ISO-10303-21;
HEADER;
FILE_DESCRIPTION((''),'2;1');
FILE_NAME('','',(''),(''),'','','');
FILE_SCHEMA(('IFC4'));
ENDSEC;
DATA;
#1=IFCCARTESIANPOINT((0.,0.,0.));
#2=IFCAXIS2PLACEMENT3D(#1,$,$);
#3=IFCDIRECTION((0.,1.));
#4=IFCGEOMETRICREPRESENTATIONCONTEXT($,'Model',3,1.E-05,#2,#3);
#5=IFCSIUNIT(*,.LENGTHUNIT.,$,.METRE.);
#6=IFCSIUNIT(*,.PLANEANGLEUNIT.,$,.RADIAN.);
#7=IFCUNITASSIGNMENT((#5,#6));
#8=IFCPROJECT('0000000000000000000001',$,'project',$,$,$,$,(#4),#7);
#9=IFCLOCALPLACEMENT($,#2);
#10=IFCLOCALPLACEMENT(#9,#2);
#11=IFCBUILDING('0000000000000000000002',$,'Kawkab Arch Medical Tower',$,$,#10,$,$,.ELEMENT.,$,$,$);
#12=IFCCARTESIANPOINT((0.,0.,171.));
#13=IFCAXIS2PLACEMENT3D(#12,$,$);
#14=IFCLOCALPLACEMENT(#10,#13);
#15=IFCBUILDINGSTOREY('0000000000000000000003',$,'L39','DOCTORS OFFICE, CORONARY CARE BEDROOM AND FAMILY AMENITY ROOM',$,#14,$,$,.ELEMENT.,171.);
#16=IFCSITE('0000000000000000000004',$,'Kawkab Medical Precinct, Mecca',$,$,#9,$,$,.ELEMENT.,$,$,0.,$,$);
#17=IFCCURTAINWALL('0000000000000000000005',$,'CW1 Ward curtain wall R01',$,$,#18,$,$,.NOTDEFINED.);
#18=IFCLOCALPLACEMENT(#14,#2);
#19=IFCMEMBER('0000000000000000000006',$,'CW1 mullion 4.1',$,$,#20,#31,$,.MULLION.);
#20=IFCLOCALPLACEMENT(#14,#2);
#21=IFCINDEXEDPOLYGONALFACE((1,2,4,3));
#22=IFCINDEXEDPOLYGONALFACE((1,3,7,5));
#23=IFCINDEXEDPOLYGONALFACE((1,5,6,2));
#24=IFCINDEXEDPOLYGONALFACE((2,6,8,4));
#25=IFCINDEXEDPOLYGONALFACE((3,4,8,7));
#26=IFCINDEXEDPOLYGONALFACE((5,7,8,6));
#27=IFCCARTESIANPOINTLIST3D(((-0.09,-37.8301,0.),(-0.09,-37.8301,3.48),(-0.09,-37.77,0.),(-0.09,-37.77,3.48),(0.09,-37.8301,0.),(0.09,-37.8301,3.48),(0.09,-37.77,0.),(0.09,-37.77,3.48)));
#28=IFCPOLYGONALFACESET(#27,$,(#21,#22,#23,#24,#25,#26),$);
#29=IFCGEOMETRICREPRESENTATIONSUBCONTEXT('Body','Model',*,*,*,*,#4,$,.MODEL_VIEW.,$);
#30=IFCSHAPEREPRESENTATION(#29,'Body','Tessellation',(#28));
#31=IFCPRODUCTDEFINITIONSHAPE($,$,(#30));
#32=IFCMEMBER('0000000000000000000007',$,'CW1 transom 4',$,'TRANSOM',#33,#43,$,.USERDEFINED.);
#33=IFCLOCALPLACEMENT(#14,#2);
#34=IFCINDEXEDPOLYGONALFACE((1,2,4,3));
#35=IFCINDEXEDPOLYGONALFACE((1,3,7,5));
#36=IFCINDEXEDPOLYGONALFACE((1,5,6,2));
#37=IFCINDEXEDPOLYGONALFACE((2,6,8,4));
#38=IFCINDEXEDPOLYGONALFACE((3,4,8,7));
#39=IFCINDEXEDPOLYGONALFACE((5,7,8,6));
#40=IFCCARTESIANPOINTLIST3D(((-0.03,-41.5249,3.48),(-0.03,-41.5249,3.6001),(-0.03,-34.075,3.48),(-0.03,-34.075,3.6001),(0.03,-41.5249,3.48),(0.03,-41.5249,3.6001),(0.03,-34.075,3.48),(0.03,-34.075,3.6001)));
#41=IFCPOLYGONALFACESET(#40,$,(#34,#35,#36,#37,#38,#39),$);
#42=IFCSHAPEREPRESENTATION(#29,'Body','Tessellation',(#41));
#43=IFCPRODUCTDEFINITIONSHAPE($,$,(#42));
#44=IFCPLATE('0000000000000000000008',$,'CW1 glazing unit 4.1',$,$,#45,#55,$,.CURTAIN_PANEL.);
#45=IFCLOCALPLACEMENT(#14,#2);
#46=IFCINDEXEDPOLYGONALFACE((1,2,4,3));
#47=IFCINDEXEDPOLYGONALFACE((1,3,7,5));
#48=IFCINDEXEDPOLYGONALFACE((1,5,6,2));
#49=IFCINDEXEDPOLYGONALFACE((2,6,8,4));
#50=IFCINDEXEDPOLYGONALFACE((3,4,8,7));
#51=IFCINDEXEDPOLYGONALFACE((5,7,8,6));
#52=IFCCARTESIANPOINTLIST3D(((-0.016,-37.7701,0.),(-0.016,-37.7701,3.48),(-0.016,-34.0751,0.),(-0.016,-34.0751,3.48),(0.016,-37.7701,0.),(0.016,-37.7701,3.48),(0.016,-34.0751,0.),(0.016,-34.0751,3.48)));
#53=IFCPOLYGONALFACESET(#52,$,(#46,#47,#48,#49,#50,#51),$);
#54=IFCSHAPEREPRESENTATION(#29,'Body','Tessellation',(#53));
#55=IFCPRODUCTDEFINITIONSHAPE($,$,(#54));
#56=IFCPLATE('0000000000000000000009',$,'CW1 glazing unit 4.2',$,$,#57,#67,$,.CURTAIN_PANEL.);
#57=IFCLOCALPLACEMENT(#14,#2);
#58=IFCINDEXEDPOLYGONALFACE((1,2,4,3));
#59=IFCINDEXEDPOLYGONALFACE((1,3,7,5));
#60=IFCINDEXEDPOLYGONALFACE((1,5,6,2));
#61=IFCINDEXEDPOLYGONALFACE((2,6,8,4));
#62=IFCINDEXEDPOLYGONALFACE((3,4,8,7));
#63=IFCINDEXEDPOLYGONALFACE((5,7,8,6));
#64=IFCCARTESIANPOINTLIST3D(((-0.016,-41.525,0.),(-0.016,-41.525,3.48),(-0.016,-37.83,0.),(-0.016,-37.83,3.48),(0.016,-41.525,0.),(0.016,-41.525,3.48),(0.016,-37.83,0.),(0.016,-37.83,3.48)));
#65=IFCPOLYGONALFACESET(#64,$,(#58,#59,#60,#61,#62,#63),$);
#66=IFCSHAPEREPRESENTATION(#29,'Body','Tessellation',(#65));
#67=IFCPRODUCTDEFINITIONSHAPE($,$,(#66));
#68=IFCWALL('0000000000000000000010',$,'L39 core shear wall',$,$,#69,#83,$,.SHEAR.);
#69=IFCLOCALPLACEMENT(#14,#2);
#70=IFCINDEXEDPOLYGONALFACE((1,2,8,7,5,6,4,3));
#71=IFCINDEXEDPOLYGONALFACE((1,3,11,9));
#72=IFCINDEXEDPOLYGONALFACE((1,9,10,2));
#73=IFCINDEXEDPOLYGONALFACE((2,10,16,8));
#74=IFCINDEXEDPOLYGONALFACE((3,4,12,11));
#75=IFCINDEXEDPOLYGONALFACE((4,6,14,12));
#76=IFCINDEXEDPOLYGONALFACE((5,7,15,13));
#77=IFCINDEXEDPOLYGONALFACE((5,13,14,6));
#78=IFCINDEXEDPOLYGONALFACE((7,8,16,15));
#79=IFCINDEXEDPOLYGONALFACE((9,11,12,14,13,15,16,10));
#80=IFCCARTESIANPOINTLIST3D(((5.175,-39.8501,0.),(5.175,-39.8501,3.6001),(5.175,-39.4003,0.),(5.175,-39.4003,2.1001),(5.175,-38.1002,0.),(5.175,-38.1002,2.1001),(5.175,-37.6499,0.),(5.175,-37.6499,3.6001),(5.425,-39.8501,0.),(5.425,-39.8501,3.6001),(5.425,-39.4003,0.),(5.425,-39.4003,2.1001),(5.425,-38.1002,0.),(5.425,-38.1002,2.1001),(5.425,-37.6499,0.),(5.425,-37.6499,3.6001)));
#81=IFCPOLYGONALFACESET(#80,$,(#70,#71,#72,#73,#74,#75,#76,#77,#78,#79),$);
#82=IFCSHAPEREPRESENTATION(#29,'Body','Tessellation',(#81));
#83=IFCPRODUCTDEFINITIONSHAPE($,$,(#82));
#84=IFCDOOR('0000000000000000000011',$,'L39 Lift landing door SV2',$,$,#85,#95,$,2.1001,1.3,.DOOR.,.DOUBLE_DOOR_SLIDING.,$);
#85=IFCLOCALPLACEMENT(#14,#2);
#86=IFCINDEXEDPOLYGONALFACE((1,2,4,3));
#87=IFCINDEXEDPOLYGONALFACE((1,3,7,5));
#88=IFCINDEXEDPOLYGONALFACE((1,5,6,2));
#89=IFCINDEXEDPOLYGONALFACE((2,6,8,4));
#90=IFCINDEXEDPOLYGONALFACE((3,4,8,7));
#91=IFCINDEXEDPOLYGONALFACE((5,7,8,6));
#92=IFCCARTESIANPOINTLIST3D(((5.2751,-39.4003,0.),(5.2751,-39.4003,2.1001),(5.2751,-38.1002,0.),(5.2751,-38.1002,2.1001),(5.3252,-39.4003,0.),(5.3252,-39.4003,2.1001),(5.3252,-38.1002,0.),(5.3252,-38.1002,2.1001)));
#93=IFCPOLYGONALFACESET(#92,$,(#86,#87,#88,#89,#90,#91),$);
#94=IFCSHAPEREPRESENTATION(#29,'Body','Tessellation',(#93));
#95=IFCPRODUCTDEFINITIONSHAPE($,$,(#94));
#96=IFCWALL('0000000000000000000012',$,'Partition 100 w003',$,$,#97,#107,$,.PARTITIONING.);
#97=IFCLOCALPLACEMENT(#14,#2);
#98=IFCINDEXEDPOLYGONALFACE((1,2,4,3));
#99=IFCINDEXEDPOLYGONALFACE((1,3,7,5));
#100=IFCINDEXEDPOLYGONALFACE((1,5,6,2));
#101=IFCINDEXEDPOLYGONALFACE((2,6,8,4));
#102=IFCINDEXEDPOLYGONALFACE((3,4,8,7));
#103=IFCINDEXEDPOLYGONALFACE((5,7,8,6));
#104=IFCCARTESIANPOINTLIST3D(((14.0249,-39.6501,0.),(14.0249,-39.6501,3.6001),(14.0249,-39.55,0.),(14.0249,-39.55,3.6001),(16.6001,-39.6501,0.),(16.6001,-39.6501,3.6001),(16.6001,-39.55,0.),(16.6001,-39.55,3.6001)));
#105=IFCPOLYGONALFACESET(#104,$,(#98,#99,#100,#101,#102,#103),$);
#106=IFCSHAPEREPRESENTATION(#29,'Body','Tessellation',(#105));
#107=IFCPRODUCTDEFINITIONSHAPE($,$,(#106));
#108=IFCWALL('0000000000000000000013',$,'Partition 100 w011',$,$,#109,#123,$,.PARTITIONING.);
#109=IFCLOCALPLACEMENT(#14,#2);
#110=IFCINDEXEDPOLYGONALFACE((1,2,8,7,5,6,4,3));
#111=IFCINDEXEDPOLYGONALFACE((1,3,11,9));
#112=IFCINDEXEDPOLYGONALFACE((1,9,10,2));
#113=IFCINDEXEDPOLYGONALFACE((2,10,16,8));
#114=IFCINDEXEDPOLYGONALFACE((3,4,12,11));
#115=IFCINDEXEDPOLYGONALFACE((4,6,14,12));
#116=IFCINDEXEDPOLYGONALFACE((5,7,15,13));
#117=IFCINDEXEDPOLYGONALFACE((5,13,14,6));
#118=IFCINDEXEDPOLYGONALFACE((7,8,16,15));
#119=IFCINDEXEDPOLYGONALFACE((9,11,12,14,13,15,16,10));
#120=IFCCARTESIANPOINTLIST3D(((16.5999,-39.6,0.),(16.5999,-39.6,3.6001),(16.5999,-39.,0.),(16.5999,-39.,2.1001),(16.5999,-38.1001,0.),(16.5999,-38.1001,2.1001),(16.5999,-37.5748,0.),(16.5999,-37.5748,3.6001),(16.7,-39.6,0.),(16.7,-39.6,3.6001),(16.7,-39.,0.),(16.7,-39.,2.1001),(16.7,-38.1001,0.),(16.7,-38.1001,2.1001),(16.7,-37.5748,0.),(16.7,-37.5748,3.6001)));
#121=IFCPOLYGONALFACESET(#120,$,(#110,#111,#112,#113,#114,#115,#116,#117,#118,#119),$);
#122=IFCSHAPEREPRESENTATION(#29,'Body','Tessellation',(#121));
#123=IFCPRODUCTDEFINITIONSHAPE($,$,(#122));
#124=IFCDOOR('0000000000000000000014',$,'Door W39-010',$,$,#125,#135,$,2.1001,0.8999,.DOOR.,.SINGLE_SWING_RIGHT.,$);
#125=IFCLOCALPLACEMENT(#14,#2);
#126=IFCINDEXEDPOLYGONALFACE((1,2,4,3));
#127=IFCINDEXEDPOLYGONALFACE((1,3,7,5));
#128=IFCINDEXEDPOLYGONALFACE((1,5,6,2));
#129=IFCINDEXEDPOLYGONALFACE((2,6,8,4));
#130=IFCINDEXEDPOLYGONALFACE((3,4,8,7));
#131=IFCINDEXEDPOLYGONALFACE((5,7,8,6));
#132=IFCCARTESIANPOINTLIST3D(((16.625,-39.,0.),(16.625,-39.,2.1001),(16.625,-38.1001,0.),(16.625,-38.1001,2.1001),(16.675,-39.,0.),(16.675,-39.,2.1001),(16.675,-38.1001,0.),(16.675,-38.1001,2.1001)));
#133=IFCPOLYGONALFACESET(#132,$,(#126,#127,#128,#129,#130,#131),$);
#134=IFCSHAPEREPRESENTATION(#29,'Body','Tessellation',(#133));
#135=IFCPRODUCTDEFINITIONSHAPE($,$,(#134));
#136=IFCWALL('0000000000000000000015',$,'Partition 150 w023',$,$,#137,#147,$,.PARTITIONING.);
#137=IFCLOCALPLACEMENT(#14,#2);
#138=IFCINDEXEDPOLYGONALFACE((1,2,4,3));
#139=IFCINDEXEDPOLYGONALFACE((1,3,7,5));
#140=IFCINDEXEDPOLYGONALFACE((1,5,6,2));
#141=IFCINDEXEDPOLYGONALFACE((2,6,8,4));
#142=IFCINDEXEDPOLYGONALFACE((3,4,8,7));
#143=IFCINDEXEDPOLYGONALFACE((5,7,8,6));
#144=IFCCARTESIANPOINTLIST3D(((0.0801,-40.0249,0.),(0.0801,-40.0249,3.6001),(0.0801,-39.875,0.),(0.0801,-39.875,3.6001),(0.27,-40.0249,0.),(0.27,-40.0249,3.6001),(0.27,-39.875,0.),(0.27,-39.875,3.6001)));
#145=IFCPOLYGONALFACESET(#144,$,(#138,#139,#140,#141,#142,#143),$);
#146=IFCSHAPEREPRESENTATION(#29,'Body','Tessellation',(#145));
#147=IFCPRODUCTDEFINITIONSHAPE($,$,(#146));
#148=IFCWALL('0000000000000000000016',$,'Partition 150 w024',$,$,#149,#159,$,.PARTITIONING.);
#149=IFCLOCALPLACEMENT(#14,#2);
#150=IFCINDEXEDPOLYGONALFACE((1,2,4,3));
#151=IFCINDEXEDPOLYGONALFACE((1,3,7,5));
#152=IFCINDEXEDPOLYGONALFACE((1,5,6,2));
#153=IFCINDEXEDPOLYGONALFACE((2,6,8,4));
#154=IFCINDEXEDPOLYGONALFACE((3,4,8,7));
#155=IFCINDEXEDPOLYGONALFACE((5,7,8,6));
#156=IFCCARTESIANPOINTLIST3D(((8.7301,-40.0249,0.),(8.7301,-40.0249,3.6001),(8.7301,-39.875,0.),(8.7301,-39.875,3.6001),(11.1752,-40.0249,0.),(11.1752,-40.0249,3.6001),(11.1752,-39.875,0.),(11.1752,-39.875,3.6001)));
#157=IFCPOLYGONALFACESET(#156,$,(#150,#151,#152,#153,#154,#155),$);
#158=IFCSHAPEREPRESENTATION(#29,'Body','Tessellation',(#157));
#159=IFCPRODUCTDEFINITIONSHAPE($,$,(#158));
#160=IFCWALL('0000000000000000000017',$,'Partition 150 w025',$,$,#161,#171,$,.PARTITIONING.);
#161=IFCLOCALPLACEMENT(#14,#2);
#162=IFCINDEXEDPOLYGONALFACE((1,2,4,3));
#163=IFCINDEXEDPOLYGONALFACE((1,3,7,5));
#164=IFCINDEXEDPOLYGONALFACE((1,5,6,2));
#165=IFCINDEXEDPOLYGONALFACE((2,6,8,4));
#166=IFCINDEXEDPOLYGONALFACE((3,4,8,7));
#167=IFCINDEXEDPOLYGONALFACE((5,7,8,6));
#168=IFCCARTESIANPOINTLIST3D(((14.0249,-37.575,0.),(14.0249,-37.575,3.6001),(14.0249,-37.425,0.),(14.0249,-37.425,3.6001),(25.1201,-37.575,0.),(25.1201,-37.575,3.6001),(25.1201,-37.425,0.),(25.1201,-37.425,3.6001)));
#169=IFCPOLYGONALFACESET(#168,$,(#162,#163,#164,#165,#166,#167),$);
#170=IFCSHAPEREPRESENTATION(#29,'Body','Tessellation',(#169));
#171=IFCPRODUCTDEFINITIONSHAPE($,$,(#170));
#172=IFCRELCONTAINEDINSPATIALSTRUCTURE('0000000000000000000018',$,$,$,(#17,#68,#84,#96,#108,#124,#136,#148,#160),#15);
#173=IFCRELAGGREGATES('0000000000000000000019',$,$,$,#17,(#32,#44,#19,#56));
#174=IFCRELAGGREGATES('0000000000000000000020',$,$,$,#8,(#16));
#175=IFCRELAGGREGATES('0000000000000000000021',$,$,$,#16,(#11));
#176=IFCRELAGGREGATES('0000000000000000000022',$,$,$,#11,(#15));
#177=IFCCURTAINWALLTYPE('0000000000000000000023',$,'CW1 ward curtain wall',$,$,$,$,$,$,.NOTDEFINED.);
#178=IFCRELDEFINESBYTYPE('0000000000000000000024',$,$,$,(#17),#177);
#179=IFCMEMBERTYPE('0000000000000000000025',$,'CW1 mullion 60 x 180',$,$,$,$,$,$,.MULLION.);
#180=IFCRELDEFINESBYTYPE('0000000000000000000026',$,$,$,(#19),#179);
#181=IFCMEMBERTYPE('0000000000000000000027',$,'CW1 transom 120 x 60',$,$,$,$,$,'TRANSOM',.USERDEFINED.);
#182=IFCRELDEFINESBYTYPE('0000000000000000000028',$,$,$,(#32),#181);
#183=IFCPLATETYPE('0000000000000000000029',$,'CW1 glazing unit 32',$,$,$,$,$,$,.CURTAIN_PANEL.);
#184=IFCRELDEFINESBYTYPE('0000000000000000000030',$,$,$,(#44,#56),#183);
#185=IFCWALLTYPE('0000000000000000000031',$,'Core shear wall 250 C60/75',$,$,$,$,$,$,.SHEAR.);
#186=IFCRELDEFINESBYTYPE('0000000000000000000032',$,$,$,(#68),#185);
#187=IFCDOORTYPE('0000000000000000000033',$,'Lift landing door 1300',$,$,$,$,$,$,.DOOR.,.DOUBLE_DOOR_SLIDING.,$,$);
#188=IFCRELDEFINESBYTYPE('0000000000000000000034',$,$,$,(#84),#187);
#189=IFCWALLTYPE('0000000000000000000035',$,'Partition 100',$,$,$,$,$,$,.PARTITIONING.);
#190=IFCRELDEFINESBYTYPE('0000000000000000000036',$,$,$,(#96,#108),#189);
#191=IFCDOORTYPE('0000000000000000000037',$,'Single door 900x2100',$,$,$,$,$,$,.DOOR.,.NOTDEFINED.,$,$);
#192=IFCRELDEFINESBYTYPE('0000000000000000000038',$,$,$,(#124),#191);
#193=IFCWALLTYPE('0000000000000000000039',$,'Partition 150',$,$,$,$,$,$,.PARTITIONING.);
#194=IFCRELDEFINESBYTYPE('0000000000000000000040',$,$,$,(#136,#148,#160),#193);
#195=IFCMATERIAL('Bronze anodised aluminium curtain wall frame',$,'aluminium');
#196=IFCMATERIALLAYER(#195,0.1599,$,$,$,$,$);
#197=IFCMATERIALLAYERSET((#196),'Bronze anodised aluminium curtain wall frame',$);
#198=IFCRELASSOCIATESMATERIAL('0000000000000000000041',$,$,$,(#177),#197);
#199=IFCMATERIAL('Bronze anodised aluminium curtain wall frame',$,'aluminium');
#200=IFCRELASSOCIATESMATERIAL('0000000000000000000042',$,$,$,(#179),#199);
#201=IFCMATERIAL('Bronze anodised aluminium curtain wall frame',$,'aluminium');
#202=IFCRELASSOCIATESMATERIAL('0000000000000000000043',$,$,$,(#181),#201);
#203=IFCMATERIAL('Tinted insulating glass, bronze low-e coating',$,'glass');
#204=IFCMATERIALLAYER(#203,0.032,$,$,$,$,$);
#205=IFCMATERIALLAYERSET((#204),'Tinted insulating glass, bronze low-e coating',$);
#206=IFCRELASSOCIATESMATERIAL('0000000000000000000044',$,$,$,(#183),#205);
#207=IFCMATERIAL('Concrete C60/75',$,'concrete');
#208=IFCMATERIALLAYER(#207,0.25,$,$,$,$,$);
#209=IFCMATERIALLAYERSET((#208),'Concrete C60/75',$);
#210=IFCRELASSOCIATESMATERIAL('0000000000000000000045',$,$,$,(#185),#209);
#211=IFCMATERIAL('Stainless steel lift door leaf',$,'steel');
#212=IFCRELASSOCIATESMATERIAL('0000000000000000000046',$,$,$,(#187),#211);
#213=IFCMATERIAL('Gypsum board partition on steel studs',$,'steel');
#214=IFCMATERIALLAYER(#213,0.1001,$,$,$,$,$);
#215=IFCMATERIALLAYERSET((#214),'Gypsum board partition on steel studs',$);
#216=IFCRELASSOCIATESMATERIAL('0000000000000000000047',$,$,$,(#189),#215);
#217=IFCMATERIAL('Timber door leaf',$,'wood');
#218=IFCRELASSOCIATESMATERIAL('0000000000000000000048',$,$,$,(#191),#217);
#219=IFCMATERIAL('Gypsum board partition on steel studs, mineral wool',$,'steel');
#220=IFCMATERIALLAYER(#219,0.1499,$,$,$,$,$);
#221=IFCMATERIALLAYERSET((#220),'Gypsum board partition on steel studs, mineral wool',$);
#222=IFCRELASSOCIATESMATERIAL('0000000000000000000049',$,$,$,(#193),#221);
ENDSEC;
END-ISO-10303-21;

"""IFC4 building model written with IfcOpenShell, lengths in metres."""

from ifc_helpers import new_model, si_unit, direction, frame, frame_2d, origin, origin_2d, place, context, subcontext, project, spatial, rectangle, extrude, material, layer, layer_set, material_profile, profile_set, type_object, element, fill, aggregate, save


model = new_model("IFC4")

# Units and contexts
model_context = context("Model", 3, precision=1e-05, world=origin(), true_north=direction((0.0, 1.0)))
body_context = subcontext(model_context, "Body", "Model", "MODEL_VIEW")
ifc_project = project(units=[si_unit("LENGTHUNIT", "METRE"), si_unit("PLANEANGLEUNIT", "RADIAN")], contexts=[model_context])

# Site, building, storey
site_placement = place(None, origin())
site = spatial("IfcSite", under=ifc_project, at=site_placement, Name="Kawkab Medical Precinct, Mecca", CompositionType="ELEMENT", RefElevation=0.0)
building_placement = place(site_placement, origin())
building = spatial("IfcBuilding", under=site, at=building_placement, Name="Kawkab Arch Medical Tower", CompositionType="ELEMENT")
storey_placement = place(building_placement, frame((0.0, 0.0, 171.0)))
storey = spatial("IfcBuildingStorey", under=building, at=storey_placement, Name="L39", Description="DOCTORS OFFICE, CORONARY CARE BEDROOM AND FAMILY AMENITY ROOM", CompositionType="ELEMENT", Elevation=171.0)

# Curtain wall, members, plates
ifc_material_1 = material(Name="Bronze anodised aluminium curtain wall frame", Category="aluminium")
ifc_layer_1 = layer(ifc_material_1, 0.1599)
ifc_layer_set_1 = layer_set([ifc_layer_1], Name="Bronze anodised aluminium curtain wall frame")
curtain_wall_type = type_object("IfcCurtainWallType", Name="CW1 ward curtain wall", PredefinedType="NOTDEFINED", material=ifc_layer_set_1)
placement = place(storey_placement, origin())
curtain_wall = element("IfcCurtainWall", 1, at=placement, inside=storey, type_object=curtain_wall_type, Name="CW1 Ward curtain wall R01", PredefinedType="NOTDEFINED")
ifc_material_2 = material(Name="Bronze anodised aluminium curtain wall frame", Category="aluminium")
ifc_material_profile_1 = material_profile(ifc_material_2, rectangle(XDim=0.1799, YDim=0.0601, at=origin_2d()), Name="AL 60x180")
ifc_profile_set_1 = profile_set([ifc_material_profile_1], Name="Bronze anodised aluminium curtain wall frame")
member_type_1 = type_object("IfcMemberType", Name="CW1 mullion 60 x 180", PredefinedType="MULLION", material=ifc_profile_set_1)
member_1_placement = place(storey_placement, frame((0.0, -37.8, 0.0), z_axis=(0.0, 0.0, 1.0), x_axis=(1.0, 0.0, 0.0)))
member_1 = element("IfcMember", 2, at=member_1_placement, type_object=member_type_1, Name="CW1 mullion 4.1", PredefinedType="MULLION", context=body_context, shape_type="SweptSolid", body=[
    extrude(rectangle(XDim=0.1799, YDim=0.0601, at=origin_2d()), origin(), (0.0, 0.0, 1.0), 3.48),
])
ifc_material_3 = material(Name="Bronze anodised aluminium curtain wall frame", Category="aluminium")
ifc_material_profile_2 = material_profile(ifc_material_3, rectangle(XDim=0.0601, YDim=0.1201, at=origin_2d()), Name="AL 60x120")
ifc_profile_set_2 = profile_set([ifc_material_profile_2], Name="Bronze anodised aluminium curtain wall frame")
member_type_2 = type_object("IfcMemberType", Name="CW1 transom 120 x 60", ElementType="TRANSOM", PredefinedType="USERDEFINED", material=ifc_profile_set_2)
member_2_placement = place(storey_placement, frame((0.0, -34.075, 3.54), z_axis=(0.0, -1.0, 0.0), x_axis=(1.0, 0.0, 0.0)))
member_2 = element("IfcMember", 3, at=member_2_placement, type_object=member_type_2, Name="CW1 transom 4", ObjectType="TRANSOM", PredefinedType="USERDEFINED", context=body_context, shape_type="SweptSolid", body=[
    extrude(rectangle(XDim=0.0601, YDim=0.1201, at=origin_2d()), origin(), (0.0, 0.0, 1.0), 7.45),
])
ifc_material_4 = material(Name="Tinted insulating glass, bronze low-e coating", Category="glass")
ifc_layer_2 = layer(ifc_material_4, 0.032)
ifc_layer_set_2 = layer_set([ifc_layer_2], Name="Tinted insulating glass, bronze low-e coating")
plate_type = type_object("IfcPlateType", Name="CW1 glazing unit 32", PredefinedType="CURTAIN_PANEL", material=ifc_layer_set_2)
plate_1_placement = place(storey_placement, frame((0.0, -35.9226, 0.0), z_axis=(0.0, 0.0, 1.0), x_axis=(0.0, -1.0, 0.0)))
plate_1 = element("IfcPlate", 4, at=plate_1_placement, type_object=plate_type, Name="CW1 glazing unit 4.1", PredefinedType="CURTAIN_PANEL", context=body_context, shape_type="SweptSolid", body=[
    extrude(rectangle(XDim=3.6951, YDim=0.032, at=origin_2d()), origin(), (0.0, 0.0, 1.0), 3.48),
])
plate_2_placement = place(storey_placement, frame((0.0, -39.6775, 0.0), z_axis=(0.0, 0.0, 1.0), x_axis=(0.0, -1.0, 0.0)))
plate_2 = element("IfcPlate", 5, at=plate_2_placement, type_object=plate_type, Name="CW1 glazing unit 4.2", PredefinedType="CURTAIN_PANEL", context=body_context, shape_type="SweptSolid", body=[
    extrude(rectangle(XDim=3.6951, YDim=0.032, at=origin_2d()), origin(), (0.0, 0.0, 1.0), 3.48),
])
aggregate(curtain_wall, [member_2, plate_1, member_1, plate_2])

# Wall, opening, door
ifc_material_5 = material(Name="Concrete C60/75", Category="concrete")
ifc_layer_3 = layer(ifc_material_5, 0.25)
ifc_layer_set_3 = layer_set([ifc_layer_3], Name="Concrete C60/75")
wall_type_1 = type_object("IfcWallType", Name="Core shear wall 250 C60/75", PredefinedType="SHEAR", material=ifc_layer_set_3)
wall_1_placement = place(storey_placement, frame((5.3, -39.8501, 0.0), z_axis=(0.0, 0.0, 1.0), x_axis=(0.0, 1.0, 0.0)))
wall_1 = element("IfcWall", 6, at=wall_1_placement, inside=storey, type_object=wall_type_1, Name="L39 core shear wall", PredefinedType="SHEAR", context=body_context, shape_type="SweptSolid", body=[
    extrude(rectangle(XDim=2.2002, YDim=0.25, at=frame_2d((1.1001, 0.0))), origin(), (0.0, 0.0, 1.0), 3.6001),
])
opening_1_placement = place(wall_1_placement, frame((0.45, 0.0, 0.0)))
opening_1 = element("IfcOpeningElement", 7, at=opening_1_placement, cuts=wall_1, PredefinedType="OPENING", context=body_context, shape_type="SweptSolid", body=[
    extrude(rectangle(XDim=1.3, YDim=2.1001, at=frame_2d((0.6499, 1.05))), frame((0.0, 0.135, 0.0), z_axis=(0.0, -1.0, 0.0), x_axis=(1.0, 0.0, 0.0)), (0.0, 0.0, 1.0), 0.27),
])
ifc_material_6 = material(Name="Stainless steel lift door leaf", Category="steel")
door_type_1 = type_object("IfcDoorType", Name="Lift landing door 1300", OperationType="DOUBLE_DOOR_SLIDING", PredefinedType="DOOR", material=ifc_material_6)
door_1_placement = place(opening_1_placement, origin())
door_1 = element("IfcDoor", 8, at=door_1_placement, inside=storey, type_object=door_type_1, Name="L39 Lift landing door SV2", OperationType="DOUBLE_DOOR_SLIDING", OverallHeight=2.1001, OverallWidth=1.3, PredefinedType="DOOR", context=body_context, shape_type="SweptSolid", body=[
    extrude(rectangle(XDim=1.3, YDim=2.1001, at=frame_2d((0.6499, 1.05))), frame((0.0, 0.0249, 0.0), z_axis=(0.0, -1.0, 0.0), x_axis=(1.0, 0.0, 0.0)), (0.0, 0.0, 1.0), 0.05),
])
fill(opening_1, door_1)

# Wall
ifc_material_7 = material(Name="Gypsum board partition on steel studs", Category="steel")
ifc_layer_4 = layer(ifc_material_7, 0.1001)
ifc_layer_set_4 = layer_set([ifc_layer_4], Name="Gypsum board partition on steel studs")
wall_type_2 = type_object("IfcWallType", Name="Partition 100", PredefinedType="PARTITIONING", material=ifc_layer_set_4)
wall_2_placement = place(storey_placement, frame((14.0249, -39.6001, 0.0), z_axis=(0.0, 0.0, 1.0), x_axis=(1.0, 0.0, 0.0)))
element("IfcWall", 9, at=wall_2_placement, inside=storey, type_object=wall_type_2, Name="Partition 100 w003", PredefinedType="PARTITIONING", context=body_context, shape_type="SweptSolid", body=[
    extrude(rectangle(XDim=2.5752, YDim=0.1001, at=frame_2d((1.2876, 0.0))), origin(), (0.0, 0.0, 1.0), 3.6001),
])

# Wall, opening, door
wall_3_placement = place(storey_placement, frame((16.6499, -39.6001, 0.0), z_axis=(0.0, 0.0, 1.0), x_axis=(0.0, 1.0, 0.0)))
wall_3 = element("IfcWall", 10, at=wall_3_placement, inside=storey, type_object=wall_type_2, Name="Partition 100 w011", PredefinedType="PARTITIONING", context=body_context, shape_type="SweptSolid", body=[
    extrude(rectangle(XDim=2.0251, YDim=0.1001, at=frame_2d((1.0127, 0.0))), origin(), (0.0, 0.0, 1.0), 3.6001),
])
opening_2_placement = place(wall_3_placement, frame((0.6001, 0.0, 0.0)))
opening_2 = element("IfcOpeningElement", 11, at=opening_2_placement, cuts=wall_3, PredefinedType="OPENING", context=body_context, shape_type="SweptSolid", body=[
    extrude(rectangle(XDim=0.8999, YDim=2.1001, at=frame_2d((0.45, 1.05))), frame((0.0, 0.0601, 0.0), z_axis=(0.0, -1.0, 0.0), x_axis=(1.0, 0.0, 0.0)), (0.0, 0.0, 1.0), 0.1201),
])
ifc_material_8 = material(Name="Timber door leaf", Category="wood")
door_type_2 = type_object("IfcDoorType", Name="Single door 900x2100", OperationType="NOTDEFINED", PredefinedType="DOOR", material=ifc_material_8)
door_2_placement = place(opening_2_placement, origin())
door_2 = element("IfcDoor", 12, at=door_2_placement, inside=storey, type_object=door_type_2, Name="Door W39-010", OperationType="SINGLE_SWING_RIGHT", OverallHeight=2.1001, OverallWidth=0.8999, PredefinedType="DOOR", context=body_context, shape_type="SweptSolid", body=[
    extrude(rectangle(XDim=0.8999, YDim=2.1001, at=frame_2d((0.45, 1.05))), frame((0.0, 0.0249, 0.0), z_axis=(0.0, -1.0, 0.0), x_axis=(1.0, 0.0, 0.0)), (0.0, 0.0, 1.0), 0.05),
])
fill(opening_2, door_2)

# Walls
ifc_material_9 = material(Name="Gypsum board partition on steel studs, mineral wool", Category="steel")
ifc_layer_5 = layer(ifc_material_9, 0.1499)
ifc_layer_set_5 = layer_set([ifc_layer_5], Name="Gypsum board partition on steel studs, mineral wool")
wall_type_3 = type_object("IfcWallType", Name="Partition 150", PredefinedType="PARTITIONING", material=ifc_layer_set_5)
wall_4_placement = place(storey_placement, frame((0.0801, -39.95, 0.0), z_axis=(0.0, 0.0, 1.0), x_axis=(1.0, 0.0, 0.0)))
element("IfcWall", 13, at=wall_4_placement, inside=storey, type_object=wall_type_3, Name="Partition 150 w023", PredefinedType="PARTITIONING", context=body_context, shape_type="SweptSolid", body=[
    extrude(rectangle(XDim=0.1899, YDim=0.1499, at=frame_2d((0.095, 0.0))), origin(), (0.0, 0.0, 1.0), 3.6001),
])
wall_5_placement = place(storey_placement, frame((8.73, -39.95, 0.0), z_axis=(0.0, 0.0, 1.0), x_axis=(1.0, 0.0, 0.0)))
element("IfcWall", 14, at=wall_5_placement, inside=storey, type_object=wall_type_3, Name="Partition 150 w024", PredefinedType="PARTITIONING", context=body_context, shape_type="SweptSolid", body=[
    extrude(rectangle(XDim=2.4451, YDim=0.1499, at=frame_2d((1.2227, 0.0))), origin(), (0.0, 0.0, 1.0), 3.6001),
])
wall_6_placement = place(storey_placement, frame((14.0249, -37.5, 0.0), z_axis=(0.0, 0.0, 1.0), x_axis=(1.0, 0.0, 0.0)))
element("IfcWall", 15, at=wall_6_placement, inside=storey, type_object=wall_type_3, Name="Partition 150 w025", PredefinedType="PARTITIONING", context=body_context, shape_type="SweptSolid", body=[
    extrude(rectangle(XDim=11.0952, YDim=0.1499, at=frame_2d((5.5476, 0.0))), origin(), (0.0, 0.0, 1.0), 3.6001),
])

save(model, "model.ifc")
